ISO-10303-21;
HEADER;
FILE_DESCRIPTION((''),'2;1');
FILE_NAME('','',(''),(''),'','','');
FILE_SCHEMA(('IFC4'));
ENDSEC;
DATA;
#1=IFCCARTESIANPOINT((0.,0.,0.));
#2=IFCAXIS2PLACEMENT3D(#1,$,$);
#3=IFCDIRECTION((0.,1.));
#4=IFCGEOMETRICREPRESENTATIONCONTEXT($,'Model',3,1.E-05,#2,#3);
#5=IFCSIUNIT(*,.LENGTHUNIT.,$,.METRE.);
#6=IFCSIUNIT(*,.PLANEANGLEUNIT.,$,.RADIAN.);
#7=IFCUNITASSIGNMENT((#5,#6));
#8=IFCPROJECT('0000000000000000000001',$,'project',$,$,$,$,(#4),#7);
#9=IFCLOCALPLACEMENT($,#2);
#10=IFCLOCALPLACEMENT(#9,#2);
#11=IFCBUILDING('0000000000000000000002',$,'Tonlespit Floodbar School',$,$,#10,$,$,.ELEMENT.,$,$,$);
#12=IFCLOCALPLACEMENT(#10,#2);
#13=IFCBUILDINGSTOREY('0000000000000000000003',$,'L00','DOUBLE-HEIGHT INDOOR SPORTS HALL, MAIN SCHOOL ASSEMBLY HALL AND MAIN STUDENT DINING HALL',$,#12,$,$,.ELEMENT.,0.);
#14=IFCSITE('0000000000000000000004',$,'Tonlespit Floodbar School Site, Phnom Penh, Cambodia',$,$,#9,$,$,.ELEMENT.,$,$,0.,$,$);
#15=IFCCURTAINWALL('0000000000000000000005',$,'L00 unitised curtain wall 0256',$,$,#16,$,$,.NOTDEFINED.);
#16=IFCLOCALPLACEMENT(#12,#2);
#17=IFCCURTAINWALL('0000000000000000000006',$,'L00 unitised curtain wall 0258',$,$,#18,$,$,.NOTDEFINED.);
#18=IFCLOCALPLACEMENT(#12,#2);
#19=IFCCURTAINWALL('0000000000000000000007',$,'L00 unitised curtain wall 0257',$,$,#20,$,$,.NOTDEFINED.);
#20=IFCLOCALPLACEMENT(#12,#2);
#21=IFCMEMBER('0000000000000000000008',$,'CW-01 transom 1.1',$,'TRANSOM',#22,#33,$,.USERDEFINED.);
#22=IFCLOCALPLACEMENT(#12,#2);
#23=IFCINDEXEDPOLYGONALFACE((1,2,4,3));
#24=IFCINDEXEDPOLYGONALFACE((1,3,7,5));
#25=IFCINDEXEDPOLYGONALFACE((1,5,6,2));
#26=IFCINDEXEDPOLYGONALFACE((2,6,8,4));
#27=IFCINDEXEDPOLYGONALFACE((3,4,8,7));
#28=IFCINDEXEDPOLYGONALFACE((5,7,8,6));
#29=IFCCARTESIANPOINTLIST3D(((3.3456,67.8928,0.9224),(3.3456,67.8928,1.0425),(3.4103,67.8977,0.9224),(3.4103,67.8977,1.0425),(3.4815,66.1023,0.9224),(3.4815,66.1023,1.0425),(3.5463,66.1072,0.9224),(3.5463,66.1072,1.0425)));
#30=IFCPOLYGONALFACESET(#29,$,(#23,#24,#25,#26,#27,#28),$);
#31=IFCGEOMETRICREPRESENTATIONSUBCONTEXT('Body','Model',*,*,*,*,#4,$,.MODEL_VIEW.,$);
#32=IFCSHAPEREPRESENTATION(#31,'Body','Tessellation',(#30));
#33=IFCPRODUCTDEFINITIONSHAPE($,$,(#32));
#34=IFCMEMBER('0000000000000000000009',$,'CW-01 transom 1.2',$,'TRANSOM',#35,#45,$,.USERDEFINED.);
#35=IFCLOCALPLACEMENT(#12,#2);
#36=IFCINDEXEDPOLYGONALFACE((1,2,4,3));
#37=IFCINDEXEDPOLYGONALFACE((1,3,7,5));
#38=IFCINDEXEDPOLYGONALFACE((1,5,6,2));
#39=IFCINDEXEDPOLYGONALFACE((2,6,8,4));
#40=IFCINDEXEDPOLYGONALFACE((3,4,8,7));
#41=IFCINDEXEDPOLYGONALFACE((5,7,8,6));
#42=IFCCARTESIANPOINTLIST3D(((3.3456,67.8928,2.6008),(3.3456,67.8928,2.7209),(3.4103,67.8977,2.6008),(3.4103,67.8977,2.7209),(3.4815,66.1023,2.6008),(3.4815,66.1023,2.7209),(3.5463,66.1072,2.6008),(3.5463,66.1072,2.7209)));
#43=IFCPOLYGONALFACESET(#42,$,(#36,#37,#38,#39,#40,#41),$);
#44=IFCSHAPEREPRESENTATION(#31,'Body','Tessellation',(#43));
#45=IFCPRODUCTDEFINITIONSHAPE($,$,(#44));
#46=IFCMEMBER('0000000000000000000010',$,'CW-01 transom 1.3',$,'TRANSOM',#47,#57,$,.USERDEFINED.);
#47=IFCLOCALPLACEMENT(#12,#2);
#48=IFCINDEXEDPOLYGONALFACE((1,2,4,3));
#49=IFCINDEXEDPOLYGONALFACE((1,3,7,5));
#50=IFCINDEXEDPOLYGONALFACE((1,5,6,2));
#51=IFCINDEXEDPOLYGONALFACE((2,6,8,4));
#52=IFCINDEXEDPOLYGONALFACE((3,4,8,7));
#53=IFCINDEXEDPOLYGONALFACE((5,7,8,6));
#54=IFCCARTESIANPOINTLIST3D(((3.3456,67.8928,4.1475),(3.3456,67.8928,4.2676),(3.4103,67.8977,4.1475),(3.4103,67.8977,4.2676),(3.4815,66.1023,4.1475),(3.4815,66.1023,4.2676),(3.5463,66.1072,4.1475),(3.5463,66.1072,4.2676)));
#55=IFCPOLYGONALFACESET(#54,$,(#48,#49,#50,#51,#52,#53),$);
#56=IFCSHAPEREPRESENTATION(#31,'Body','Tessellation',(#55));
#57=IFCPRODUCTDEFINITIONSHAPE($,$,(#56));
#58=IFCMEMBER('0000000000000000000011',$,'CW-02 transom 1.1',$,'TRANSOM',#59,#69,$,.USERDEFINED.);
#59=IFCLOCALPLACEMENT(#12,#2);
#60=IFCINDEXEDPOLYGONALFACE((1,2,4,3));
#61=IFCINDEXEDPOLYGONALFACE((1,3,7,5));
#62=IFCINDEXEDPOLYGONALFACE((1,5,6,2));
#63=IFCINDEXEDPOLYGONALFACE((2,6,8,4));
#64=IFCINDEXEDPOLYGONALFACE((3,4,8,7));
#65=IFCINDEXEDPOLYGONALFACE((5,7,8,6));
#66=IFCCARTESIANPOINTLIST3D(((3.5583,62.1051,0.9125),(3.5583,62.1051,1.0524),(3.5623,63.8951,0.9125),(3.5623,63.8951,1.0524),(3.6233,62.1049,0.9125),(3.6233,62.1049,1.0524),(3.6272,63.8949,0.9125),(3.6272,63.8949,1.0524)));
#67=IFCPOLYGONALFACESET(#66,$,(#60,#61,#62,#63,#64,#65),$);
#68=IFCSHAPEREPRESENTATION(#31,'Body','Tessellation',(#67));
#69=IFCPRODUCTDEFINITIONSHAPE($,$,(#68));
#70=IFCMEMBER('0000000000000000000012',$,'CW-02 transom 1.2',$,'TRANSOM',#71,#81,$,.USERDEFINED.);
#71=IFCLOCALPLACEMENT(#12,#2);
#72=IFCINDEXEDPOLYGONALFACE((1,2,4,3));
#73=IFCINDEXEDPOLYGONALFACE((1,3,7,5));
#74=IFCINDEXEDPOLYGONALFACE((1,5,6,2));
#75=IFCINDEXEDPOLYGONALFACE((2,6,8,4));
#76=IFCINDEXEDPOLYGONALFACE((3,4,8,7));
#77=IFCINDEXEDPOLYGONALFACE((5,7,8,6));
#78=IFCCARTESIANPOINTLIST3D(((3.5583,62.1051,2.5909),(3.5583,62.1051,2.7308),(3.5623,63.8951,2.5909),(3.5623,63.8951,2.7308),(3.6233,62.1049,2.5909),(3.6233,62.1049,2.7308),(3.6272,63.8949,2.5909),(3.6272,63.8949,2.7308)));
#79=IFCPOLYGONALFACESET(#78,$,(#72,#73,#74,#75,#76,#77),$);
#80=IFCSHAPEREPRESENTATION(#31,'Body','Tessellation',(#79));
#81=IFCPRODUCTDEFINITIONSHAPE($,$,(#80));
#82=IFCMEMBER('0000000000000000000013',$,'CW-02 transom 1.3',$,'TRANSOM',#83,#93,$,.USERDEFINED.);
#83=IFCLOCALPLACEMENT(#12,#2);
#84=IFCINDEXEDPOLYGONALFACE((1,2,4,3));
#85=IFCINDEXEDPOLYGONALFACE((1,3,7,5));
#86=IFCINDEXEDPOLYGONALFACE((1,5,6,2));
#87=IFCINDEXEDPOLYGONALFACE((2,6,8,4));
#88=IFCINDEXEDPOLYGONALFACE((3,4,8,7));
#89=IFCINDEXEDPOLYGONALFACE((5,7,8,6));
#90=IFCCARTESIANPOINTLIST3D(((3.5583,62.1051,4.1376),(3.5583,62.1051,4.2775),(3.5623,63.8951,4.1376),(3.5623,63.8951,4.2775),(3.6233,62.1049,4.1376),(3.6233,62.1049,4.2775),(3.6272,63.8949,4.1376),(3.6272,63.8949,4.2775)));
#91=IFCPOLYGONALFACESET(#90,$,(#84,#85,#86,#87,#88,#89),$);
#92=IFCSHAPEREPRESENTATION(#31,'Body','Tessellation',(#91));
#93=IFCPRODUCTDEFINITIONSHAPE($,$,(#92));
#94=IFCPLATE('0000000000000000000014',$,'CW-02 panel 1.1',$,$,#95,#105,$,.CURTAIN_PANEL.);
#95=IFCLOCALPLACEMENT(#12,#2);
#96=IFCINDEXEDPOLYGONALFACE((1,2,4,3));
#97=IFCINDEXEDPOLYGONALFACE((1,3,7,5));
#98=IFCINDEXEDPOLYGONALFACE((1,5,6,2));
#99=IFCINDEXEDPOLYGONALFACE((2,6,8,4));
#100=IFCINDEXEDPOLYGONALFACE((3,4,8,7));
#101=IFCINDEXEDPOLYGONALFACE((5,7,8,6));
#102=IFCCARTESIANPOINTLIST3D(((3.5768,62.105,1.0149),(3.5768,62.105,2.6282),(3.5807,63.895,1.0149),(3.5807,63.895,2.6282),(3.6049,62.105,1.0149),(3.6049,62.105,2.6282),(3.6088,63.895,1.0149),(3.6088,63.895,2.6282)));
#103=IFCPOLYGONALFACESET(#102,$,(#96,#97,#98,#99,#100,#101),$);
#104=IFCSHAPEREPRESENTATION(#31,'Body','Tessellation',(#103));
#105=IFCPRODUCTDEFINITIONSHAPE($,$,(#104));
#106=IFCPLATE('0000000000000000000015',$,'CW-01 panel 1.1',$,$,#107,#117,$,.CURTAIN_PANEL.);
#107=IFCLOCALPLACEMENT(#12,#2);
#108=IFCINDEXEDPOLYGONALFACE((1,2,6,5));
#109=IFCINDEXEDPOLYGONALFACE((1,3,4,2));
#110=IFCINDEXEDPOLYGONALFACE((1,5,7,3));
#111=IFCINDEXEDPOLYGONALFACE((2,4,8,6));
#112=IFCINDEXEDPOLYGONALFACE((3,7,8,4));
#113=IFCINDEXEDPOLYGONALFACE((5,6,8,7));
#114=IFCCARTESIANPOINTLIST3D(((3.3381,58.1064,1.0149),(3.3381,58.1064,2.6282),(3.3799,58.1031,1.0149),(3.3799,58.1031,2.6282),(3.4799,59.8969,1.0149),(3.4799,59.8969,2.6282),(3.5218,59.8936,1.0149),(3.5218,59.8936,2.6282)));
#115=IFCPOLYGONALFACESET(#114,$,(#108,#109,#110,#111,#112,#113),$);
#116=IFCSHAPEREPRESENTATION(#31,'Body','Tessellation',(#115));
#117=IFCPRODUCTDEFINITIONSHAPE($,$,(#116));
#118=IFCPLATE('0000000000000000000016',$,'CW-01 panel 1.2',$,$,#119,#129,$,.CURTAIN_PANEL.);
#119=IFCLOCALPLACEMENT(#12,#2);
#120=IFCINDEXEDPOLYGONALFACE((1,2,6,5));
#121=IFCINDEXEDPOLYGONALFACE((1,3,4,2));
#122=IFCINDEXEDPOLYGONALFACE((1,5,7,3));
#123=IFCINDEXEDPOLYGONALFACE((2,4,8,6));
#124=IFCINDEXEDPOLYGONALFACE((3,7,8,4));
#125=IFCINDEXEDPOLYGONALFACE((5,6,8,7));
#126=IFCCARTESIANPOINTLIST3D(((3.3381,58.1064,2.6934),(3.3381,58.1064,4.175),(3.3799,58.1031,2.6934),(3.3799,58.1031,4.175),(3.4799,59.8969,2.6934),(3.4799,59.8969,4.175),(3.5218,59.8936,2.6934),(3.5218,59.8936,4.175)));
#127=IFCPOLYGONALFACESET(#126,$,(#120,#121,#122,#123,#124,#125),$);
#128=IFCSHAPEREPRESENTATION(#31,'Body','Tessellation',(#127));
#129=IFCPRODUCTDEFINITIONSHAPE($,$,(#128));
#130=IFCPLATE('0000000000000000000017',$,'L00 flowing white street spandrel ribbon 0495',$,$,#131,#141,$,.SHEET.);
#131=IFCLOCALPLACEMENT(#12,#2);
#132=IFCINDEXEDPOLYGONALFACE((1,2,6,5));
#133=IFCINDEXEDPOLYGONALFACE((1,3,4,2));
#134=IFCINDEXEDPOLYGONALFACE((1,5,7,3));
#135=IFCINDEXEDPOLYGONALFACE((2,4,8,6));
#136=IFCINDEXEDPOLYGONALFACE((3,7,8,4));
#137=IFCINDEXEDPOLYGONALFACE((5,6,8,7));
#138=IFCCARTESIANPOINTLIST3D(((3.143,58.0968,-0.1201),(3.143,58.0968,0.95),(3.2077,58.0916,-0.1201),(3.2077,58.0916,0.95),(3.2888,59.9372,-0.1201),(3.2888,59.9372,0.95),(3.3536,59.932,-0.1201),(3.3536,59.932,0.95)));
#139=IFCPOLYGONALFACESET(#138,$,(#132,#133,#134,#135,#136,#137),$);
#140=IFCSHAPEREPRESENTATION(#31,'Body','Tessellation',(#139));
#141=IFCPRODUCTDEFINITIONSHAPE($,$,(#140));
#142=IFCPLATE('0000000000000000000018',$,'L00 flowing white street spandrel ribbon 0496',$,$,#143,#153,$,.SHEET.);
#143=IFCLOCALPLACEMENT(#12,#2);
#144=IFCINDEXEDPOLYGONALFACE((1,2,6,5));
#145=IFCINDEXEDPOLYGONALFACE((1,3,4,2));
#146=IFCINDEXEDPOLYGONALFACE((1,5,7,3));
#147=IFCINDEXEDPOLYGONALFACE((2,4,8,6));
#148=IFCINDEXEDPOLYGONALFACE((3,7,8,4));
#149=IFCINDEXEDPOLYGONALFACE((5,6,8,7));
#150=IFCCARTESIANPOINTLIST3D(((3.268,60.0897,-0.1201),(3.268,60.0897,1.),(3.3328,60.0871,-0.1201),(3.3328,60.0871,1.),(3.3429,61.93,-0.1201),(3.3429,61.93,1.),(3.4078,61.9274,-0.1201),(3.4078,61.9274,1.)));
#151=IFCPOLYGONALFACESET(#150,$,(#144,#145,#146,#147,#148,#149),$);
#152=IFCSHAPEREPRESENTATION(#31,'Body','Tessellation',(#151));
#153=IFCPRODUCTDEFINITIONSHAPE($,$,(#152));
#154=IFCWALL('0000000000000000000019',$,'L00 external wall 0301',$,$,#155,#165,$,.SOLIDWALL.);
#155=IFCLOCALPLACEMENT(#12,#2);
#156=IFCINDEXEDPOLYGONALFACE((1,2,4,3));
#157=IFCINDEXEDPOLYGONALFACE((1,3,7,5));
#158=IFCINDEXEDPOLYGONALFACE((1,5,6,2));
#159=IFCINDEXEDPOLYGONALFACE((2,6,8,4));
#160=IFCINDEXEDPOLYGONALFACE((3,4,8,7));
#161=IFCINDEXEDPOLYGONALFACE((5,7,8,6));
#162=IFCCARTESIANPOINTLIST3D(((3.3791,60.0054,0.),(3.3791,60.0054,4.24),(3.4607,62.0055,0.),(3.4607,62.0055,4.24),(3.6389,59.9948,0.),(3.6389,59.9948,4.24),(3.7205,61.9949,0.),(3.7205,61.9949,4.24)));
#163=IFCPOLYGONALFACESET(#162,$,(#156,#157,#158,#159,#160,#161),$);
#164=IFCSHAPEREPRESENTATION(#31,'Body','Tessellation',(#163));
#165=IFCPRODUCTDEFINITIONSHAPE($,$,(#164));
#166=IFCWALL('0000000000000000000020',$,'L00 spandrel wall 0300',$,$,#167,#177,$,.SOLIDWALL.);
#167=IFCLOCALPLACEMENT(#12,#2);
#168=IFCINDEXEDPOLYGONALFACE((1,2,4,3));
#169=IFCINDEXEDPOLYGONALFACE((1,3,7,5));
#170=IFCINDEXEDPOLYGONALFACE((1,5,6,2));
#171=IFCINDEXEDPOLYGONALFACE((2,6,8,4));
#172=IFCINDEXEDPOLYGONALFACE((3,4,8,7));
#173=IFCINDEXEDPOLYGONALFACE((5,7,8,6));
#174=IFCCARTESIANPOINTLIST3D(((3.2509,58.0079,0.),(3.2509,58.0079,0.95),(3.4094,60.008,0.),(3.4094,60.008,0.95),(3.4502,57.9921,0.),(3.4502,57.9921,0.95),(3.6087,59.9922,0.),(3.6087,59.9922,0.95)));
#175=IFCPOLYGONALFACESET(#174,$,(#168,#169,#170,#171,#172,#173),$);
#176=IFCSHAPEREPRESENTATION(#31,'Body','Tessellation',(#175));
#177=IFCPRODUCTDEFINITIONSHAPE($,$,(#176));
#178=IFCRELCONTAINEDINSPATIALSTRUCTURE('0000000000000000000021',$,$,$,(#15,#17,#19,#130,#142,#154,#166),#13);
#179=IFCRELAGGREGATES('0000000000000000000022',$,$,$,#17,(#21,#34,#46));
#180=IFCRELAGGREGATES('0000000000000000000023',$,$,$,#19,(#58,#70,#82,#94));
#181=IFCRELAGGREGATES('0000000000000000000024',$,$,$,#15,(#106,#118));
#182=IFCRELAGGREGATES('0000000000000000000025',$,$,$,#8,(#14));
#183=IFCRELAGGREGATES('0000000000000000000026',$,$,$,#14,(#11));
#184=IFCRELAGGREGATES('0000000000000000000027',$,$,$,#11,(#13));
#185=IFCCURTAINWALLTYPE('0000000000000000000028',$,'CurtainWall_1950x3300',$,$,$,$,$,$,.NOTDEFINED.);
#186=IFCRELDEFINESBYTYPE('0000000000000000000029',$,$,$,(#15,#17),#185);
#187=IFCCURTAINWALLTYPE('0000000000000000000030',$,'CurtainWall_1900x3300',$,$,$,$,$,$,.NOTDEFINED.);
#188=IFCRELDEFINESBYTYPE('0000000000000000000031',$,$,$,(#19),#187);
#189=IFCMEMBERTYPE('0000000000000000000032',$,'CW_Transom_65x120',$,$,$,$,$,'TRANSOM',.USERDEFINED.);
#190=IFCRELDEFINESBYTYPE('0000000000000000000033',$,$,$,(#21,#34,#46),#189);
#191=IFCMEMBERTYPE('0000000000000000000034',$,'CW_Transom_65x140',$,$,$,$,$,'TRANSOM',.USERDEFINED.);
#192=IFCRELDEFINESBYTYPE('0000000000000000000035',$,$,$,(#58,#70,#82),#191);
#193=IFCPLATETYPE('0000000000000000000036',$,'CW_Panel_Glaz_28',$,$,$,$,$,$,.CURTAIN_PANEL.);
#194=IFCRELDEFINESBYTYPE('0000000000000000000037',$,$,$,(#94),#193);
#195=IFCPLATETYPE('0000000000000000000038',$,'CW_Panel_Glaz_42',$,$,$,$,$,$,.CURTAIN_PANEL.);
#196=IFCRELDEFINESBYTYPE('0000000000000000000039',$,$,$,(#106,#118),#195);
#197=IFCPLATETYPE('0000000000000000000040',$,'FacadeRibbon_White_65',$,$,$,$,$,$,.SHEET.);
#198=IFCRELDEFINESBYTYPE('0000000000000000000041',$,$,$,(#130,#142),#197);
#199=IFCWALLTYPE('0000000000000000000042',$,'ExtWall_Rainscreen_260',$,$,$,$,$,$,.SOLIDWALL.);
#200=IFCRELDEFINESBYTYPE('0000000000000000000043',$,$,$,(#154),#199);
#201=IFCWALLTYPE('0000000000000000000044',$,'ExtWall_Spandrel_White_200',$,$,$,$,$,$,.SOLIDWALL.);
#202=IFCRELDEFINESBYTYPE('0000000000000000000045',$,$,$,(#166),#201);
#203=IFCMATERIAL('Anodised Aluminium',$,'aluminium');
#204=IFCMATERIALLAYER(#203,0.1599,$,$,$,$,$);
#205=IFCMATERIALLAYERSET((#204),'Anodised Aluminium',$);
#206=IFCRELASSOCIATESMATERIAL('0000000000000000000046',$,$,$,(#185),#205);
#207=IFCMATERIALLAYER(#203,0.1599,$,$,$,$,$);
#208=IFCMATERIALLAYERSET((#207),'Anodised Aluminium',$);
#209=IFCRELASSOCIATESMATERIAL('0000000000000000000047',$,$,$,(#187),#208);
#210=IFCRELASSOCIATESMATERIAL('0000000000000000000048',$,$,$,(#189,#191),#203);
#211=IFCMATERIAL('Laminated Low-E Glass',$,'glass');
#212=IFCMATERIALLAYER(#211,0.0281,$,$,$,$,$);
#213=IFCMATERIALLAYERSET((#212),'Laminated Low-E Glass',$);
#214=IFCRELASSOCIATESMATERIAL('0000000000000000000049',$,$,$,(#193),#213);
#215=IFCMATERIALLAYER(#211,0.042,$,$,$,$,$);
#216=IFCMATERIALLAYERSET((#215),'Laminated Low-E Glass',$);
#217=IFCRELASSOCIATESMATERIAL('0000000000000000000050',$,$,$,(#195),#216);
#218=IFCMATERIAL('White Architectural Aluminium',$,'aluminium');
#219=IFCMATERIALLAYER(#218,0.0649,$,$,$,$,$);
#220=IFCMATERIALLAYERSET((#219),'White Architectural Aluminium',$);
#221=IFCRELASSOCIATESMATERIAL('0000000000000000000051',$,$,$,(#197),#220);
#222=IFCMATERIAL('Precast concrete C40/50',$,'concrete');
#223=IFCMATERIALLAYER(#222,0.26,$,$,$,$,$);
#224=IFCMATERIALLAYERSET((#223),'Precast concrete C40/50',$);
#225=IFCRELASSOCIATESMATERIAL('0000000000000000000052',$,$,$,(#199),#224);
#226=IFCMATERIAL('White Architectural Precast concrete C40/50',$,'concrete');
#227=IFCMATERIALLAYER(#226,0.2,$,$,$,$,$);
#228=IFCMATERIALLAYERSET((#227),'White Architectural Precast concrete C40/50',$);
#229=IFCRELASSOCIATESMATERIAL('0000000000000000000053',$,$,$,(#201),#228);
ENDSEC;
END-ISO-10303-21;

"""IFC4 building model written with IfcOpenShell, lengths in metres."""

from ifc_helpers import new_model, si_unit, direction, frame, frame_2d, origin, origin_2d, place, context, subcontext, project, spatial, rectangle, extrude, material, layer, layer_set, material_profile, profile_set, type_object, element, aggregate, save


model = new_model("IFC4")

# Units and contexts
model_context = context("Model", 3, precision=1e-05, world=origin(), true_north=direction((0.0, 1.0)))
body_context = subcontext(model_context, "Body", "Model", "MODEL_VIEW")
ifc_project = project(units=[si_unit("LENGTHUNIT", "METRE"), si_unit("PLANEANGLEUNIT", "RADIAN")], contexts=[model_context])

# Site, building, storey
site_placement = place(None, origin())
site = spatial("IfcSite", under=ifc_project, at=site_placement, Name="Tonlespit Floodbar School Site, Phnom Penh, Cambodia", CompositionType="ELEMENT", RefElevation=0.0)
building_placement = place(site_placement, origin())
building = spatial("IfcBuilding", under=site, at=building_placement, Name="Tonlespit Floodbar School", CompositionType="ELEMENT")
storey_placement = place(building_placement, origin())
storey = spatial("IfcBuildingStorey", under=building, at=storey_placement, Name="L00", Description="DOUBLE-HEIGHT INDOOR SPORTS HALL, MAIN SCHOOL ASSEMBLY HALL AND MAIN STUDENT DINING HALL", CompositionType="ELEMENT", Elevation=0.0)

# Curtain wall
ifc_material_1 = material(Name="Anodised Aluminium", Category="aluminium")
ifc_layer_1 = layer(ifc_material_1, 0.1599)
ifc_layer_set_1 = layer_set([ifc_layer_1], Name="Anodised Aluminium")
curtain_wall_type_1 = type_object("IfcCurtainWallType", Name="CurtainWall_1950x3300", PredefinedType="NOTDEFINED", material=ifc_layer_set_1)
curtain_wall_1_placement = place(storey_placement, origin())
curtain_wall_1 = element("IfcCurtainWall", 1, at=curtain_wall_1_placement, inside=storey, type_object=curtain_wall_type_1, Name="L00 unitised curtain wall 0256", PredefinedType="NOTDEFINED")

# Curtain walls
curtain_wall_2_placement = place(storey_placement, origin())
curtain_wall_2 = element("IfcCurtainWall", 2, at=curtain_wall_2_placement, inside=storey, type_object=curtain_wall_type_1, Name="L00 unitised curtain wall 0258", PredefinedType="NOTDEFINED")
ifc_layer_2 = layer(ifc_material_1, 0.1599)
ifc_layer_set_2 = layer_set([ifc_layer_2], Name="Anodised Aluminium")
curtain_wall_type_2 = type_object("IfcCurtainWallType", Name="CurtainWall_1900x3300", PredefinedType="NOTDEFINED", material=ifc_layer_set_2)
curtain_wall_3_placement = place(storey_placement, origin())
curtain_wall_3 = element("IfcCurtainWall", 3, at=curtain_wall_3_placement, inside=storey, type_object=curtain_wall_type_2, Name="L00 unitised curtain wall 0257", PredefinedType="NOTDEFINED")

# Members
ifc_material_profile_1 = material_profile(ifc_material_1, rectangle(XDim=0.0649, YDim=0.1201, at=origin_2d()), Name="ALU T65x120")
ifc_profile_set_1 = profile_set([ifc_material_profile_1], Name="Anodised Aluminium")
member_type_1 = type_object("IfcMemberType", Name="CW_Transom_65x120", ElementType="TRANSOM", PredefinedType="USERDEFINED", material=ifc_profile_set_1)
member_1_placement = place(storey_placement, frame((3.5139, 66.1047, 0.9824), z_axis=(-0.07573, 0.997128, 0.0), x_axis=(-0.997128, -0.07573, 0.0)))
member_1 = element("IfcMember", 4, at=member_1_placement, type_object=member_type_1, Name="CW-01 transom 1.1", ObjectType="TRANSOM", PredefinedType="USERDEFINED", context=body_context, shape_type="SweptSolid", body=[
    extrude(rectangle(XDim=0.0649, YDim=0.1201, at=origin_2d()), origin(), (0.0, 0.0, 1.0), 1.7957),
])
member_2_placement = place(storey_placement, frame((3.5139, 66.1047, 2.6609), z_axis=(-0.07573, 0.997128, 0.0), x_axis=(-0.997128, -0.07573, 0.0)))
member_2 = element("IfcMember", 5, at=member_2_placement, type_object=member_type_1, Name="CW-01 transom 1.2", ObjectType="TRANSOM", PredefinedType="USERDEFINED", context=body_context, shape_type="SweptSolid", body=[
    extrude(rectangle(XDim=0.0649, YDim=0.1201, at=origin_2d()), origin(), (0.0, 0.0, 1.0), 1.7957),
])
member_3_placement = place(storey_placement, frame((3.5139, 66.1047, 4.2075), z_axis=(-0.07573, 0.997128, 0.0), x_axis=(-0.997128, -0.07573, 0.0)))
member_3 = element("IfcMember", 6, at=member_3_placement, type_object=member_type_1, Name="CW-01 transom 1.3", ObjectType="TRANSOM", PredefinedType="USERDEFINED", context=body_context, shape_type="SweptSolid", body=[
    extrude(rectangle(XDim=0.0649, YDim=0.1201, at=origin_2d()), origin(), (0.0, 0.0, 1.0), 1.7957),
])
aggregate(curtain_wall_2, [member_1, member_2, member_3])
ifc_material_profile_2 = material_profile(ifc_material_1, rectangle(XDim=0.0649, YDim=0.1399, at=origin_2d()), Name="ALU T65x140")
ifc_profile_set_2 = profile_set([ifc_material_profile_2], Name="Anodised Aluminium")
member_type_2 = type_object("IfcMemberType", Name="CW_Transom_65x140", ElementType="TRANSOM", PredefinedType="USERDEFINED", material=ifc_profile_set_2)
member_4_placement = place(storey_placement, frame((3.5908, 62.105, 0.9824), z_axis=(0.002182, 0.999998, 0.0), x_axis=(-0.999998, 0.002182, 0.0)))
member_4 = element("IfcMember", 7, at=member_4_placement, type_object=member_type_2, Name="CW-02 transom 1.1", ObjectType="TRANSOM", PredefinedType="USERDEFINED", context=body_context, shape_type="SweptSolid", body=[
    extrude(rectangle(XDim=0.0649, YDim=0.1399, at=origin_2d()), origin(), (0.0, 0.0, 1.0), 1.79),
])
member_5_placement = place(storey_placement, frame((3.5908, 62.105, 2.6609), z_axis=(0.002182, 0.999998, 0.0), x_axis=(-0.999998, 0.002182, 0.0)))
member_5 = element("IfcMember", 8, at=member_5_placement, type_object=member_type_2, Name="CW-02 transom 1.2", ObjectType="TRANSOM", PredefinedType="USERDEFINED", context=body_context, shape_type="SweptSolid", body=[
    extrude(rectangle(XDim=0.0649, YDim=0.1399, at=origin_2d()), origin(), (0.0, 0.0, 1.0), 1.79),
])
member_6_placement = place(storey_placement, frame((3.5908, 62.105, 4.2075), z_axis=(0.002182, 0.999998, 0.0), x_axis=(-0.999998, 0.002182, 0.0)))
member_6 = element("IfcMember", 9, at=member_6_placement, type_object=member_type_2, Name="CW-02 transom 1.3", ObjectType="TRANSOM", PredefinedType="USERDEFINED", context=body_context, shape_type="SweptSolid", body=[
    extrude(rectangle(XDim=0.0649, YDim=0.1399, at=origin_2d()), origin(), (0.0, 0.0, 1.0), 1.79),
])

# Plates
ifc_material_2 = material(Name="Laminated Low-E Glass", Category="glass")
ifc_layer_3 = layer(ifc_material_2, 0.0281)
ifc_layer_set_3 = layer_set([ifc_layer_3], Name="Laminated Low-E Glass")
plate_type_1 = type_object("IfcPlateType", Name="CW_Panel_Glaz_28", PredefinedType="CURTAIN_PANEL", material=ifc_layer_set_3)
plate_1_placement = place(storey_placement, frame((3.5928, 63.0, 1.0149), z_axis=(0.0, 0.0, 1.0), x_axis=(0.002187, 0.999998, 0.0)))
plate_1 = element("IfcPlate", 10, at=plate_1_placement, type_object=plate_type_1, Name="CW-02 panel 1.1", PredefinedType="CURTAIN_PANEL", context=body_context, shape_type="SweptSolid", body=[
    extrude(rectangle(XDim=1.79, YDim=0.0281, at=origin_2d()), origin(), (0.0, 0.0, 1.0), 1.6133),
])
aggregate(curtain_wall_3, [member_4, member_5, member_6, plate_1])
ifc_layer_4 = layer(ifc_material_2, 0.042)
ifc_layer_set_4 = layer_set([ifc_layer_4], Name="Laminated Low-E Glass")
plate_type_2 = type_object("IfcPlateType", Name="CW_Panel_Glaz_42", PredefinedType="CURTAIN_PANEL", material=ifc_layer_set_4)
plate_2_placement = place(storey_placement, frame((3.4299, 59.0, 1.0149), z_axis=(0.0, 0.0, 1.0), x_axis=(0.078963, 0.996878, 0.0)))
plate_2 = element("IfcPlate", 11, at=plate_2_placement, type_object=plate_type_2, Name="CW-01 panel 1.1", PredefinedType="CURTAIN_PANEL", context=body_context, shape_type="SweptSolid", body=[
    extrude(rectangle(XDim=1.7961, YDim=0.042, at=origin_2d()), origin(), (0.0, 0.0, 1.0), 1.6133),
])
plate_3_placement = place(storey_placement, frame((3.4299, 59.0, 2.6934), z_axis=(0.0, 0.0, 1.0), x_axis=(0.078963, 0.996878, 0.0)))
plate_3 = element("IfcPlate", 12, at=plate_3_placement, type_object=plate_type_2, Name="CW-01 panel 1.2", PredefinedType="CURTAIN_PANEL", context=body_context, shape_type="SweptSolid", body=[
    extrude(rectangle(XDim=1.7961, YDim=0.042, at=origin_2d()), origin(), (0.0, 0.0, 1.0), 1.4817),
])
aggregate(curtain_wall_1, [plate_2, plate_3])

# Plates
ifc_material_3 = material(Name="White Architectural Aluminium", Category="aluminium")
ifc_layer_5 = layer(ifc_material_3, 0.0649)
ifc_layer_set_5 = layer_set([ifc_layer_5], Name="White Architectural Aluminium")
plate_type_3 = type_object("IfcPlateType", Name="FacadeRibbon_White_65", PredefinedType="SHEET", material=ifc_layer_set_5)
plate_4_placement = place(storey_placement, frame((3.2483, 59.0144, -0.1201), z_axis=(0.0, 0.0, 1.0), x_axis=(0.079002, 0.996874, 0.0)))
element("IfcPlate", 13, at=plate_4_placement, inside=storey, type_object=plate_type_3, Name="L00 flowing white street spandrel ribbon 0495", PredefinedType="SHEET", context=body_context, shape_type="SweptSolid", body=[
    extrude(rectangle(XDim=1.8462, YDim=0.0649, at=origin_2d()), origin(), (0.0, 0.0, 1.0), 1.0701),
])
plate_5_placement = place(storey_placement, frame((3.3379, 61.0085, -0.1201), z_axis=(0.0, 0.0, 1.0), x_axis=(0.040716, 0.999171, 0.0)))
element("IfcPlate", 14, at=plate_5_placement, inside=storey, type_object=plate_type_3, Name="L00 flowing white street spandrel ribbon 0496", PredefinedType="SHEET", context=body_context, shape_type="SweptSolid", body=[
    extrude(rectangle(XDim=1.8418, YDim=0.0649, at=origin_2d()), origin(), (0.0, 0.0, 1.0), 1.1201),
])

# Walls
ifc_material_4 = material(Name="Precast concrete C40/50", Category="concrete")
ifc_layer_6 = layer(ifc_material_4, 0.26)
ifc_layer_set_6 = layer_set([ifc_layer_6], Name="Precast concrete C40/50")
wall_type_1 = type_object("IfcWallType", Name="ExtWall_Rainscreen_260", PredefinedType="SOLIDWALL", material=ifc_layer_set_6)
wall_1_placement = place(storey_placement, frame((3.509, 60.0, 0.0), z_axis=(0.0, 0.0, 1.0), x_axis=(0.040738, 0.99917, 0.0)))
element("IfcWall", 15, at=wall_1_placement, inside=storey, type_object=wall_type_1, Name="L00 external wall 0301", PredefinedType="SOLIDWALL", context=body_context, shape_type="SweptSolid", body=[
    extrude(rectangle(XDim=2.0017, YDim=0.26, at=frame_2d((1.001, 0.0))), origin(), (0.0, 0.0, 1.0), 4.24),
])
ifc_material_5 = material(Name="White Architectural Precast concrete C40/50", Category="concrete")
ifc_layer_7 = layer(ifc_material_5, 0.2)
ifc_layer_set_7 = layer_set([ifc_layer_7], Name="White Architectural Precast concrete C40/50")
wall_type_2 = type_object("IfcWallType", Name="ExtWall_Spandrel_White_200", PredefinedType="SOLIDWALL", material=ifc_layer_set_7)
wall_2_placement = place(storey_placement, frame((3.3506, 58.0, 0.0), z_axis=(0.0, 0.0, 1.0), x_axis=(0.078976, 0.996877, 0.0)))
element("IfcWall", 16, at=wall_2_placement, inside=storey, type_object=wall_type_2, Name="L00 spandrel wall 0300", PredefinedType="SOLIDWALL", context=body_context, shape_type="SweptSolid", body=[
    extrude(rectangle(XDim=2.0063, YDim=0.2, at=frame_2d((1.0032, 0.0))), origin(), (0.0, 0.0, 1.0), 0.95),
])

save(model, "model.ifc")
